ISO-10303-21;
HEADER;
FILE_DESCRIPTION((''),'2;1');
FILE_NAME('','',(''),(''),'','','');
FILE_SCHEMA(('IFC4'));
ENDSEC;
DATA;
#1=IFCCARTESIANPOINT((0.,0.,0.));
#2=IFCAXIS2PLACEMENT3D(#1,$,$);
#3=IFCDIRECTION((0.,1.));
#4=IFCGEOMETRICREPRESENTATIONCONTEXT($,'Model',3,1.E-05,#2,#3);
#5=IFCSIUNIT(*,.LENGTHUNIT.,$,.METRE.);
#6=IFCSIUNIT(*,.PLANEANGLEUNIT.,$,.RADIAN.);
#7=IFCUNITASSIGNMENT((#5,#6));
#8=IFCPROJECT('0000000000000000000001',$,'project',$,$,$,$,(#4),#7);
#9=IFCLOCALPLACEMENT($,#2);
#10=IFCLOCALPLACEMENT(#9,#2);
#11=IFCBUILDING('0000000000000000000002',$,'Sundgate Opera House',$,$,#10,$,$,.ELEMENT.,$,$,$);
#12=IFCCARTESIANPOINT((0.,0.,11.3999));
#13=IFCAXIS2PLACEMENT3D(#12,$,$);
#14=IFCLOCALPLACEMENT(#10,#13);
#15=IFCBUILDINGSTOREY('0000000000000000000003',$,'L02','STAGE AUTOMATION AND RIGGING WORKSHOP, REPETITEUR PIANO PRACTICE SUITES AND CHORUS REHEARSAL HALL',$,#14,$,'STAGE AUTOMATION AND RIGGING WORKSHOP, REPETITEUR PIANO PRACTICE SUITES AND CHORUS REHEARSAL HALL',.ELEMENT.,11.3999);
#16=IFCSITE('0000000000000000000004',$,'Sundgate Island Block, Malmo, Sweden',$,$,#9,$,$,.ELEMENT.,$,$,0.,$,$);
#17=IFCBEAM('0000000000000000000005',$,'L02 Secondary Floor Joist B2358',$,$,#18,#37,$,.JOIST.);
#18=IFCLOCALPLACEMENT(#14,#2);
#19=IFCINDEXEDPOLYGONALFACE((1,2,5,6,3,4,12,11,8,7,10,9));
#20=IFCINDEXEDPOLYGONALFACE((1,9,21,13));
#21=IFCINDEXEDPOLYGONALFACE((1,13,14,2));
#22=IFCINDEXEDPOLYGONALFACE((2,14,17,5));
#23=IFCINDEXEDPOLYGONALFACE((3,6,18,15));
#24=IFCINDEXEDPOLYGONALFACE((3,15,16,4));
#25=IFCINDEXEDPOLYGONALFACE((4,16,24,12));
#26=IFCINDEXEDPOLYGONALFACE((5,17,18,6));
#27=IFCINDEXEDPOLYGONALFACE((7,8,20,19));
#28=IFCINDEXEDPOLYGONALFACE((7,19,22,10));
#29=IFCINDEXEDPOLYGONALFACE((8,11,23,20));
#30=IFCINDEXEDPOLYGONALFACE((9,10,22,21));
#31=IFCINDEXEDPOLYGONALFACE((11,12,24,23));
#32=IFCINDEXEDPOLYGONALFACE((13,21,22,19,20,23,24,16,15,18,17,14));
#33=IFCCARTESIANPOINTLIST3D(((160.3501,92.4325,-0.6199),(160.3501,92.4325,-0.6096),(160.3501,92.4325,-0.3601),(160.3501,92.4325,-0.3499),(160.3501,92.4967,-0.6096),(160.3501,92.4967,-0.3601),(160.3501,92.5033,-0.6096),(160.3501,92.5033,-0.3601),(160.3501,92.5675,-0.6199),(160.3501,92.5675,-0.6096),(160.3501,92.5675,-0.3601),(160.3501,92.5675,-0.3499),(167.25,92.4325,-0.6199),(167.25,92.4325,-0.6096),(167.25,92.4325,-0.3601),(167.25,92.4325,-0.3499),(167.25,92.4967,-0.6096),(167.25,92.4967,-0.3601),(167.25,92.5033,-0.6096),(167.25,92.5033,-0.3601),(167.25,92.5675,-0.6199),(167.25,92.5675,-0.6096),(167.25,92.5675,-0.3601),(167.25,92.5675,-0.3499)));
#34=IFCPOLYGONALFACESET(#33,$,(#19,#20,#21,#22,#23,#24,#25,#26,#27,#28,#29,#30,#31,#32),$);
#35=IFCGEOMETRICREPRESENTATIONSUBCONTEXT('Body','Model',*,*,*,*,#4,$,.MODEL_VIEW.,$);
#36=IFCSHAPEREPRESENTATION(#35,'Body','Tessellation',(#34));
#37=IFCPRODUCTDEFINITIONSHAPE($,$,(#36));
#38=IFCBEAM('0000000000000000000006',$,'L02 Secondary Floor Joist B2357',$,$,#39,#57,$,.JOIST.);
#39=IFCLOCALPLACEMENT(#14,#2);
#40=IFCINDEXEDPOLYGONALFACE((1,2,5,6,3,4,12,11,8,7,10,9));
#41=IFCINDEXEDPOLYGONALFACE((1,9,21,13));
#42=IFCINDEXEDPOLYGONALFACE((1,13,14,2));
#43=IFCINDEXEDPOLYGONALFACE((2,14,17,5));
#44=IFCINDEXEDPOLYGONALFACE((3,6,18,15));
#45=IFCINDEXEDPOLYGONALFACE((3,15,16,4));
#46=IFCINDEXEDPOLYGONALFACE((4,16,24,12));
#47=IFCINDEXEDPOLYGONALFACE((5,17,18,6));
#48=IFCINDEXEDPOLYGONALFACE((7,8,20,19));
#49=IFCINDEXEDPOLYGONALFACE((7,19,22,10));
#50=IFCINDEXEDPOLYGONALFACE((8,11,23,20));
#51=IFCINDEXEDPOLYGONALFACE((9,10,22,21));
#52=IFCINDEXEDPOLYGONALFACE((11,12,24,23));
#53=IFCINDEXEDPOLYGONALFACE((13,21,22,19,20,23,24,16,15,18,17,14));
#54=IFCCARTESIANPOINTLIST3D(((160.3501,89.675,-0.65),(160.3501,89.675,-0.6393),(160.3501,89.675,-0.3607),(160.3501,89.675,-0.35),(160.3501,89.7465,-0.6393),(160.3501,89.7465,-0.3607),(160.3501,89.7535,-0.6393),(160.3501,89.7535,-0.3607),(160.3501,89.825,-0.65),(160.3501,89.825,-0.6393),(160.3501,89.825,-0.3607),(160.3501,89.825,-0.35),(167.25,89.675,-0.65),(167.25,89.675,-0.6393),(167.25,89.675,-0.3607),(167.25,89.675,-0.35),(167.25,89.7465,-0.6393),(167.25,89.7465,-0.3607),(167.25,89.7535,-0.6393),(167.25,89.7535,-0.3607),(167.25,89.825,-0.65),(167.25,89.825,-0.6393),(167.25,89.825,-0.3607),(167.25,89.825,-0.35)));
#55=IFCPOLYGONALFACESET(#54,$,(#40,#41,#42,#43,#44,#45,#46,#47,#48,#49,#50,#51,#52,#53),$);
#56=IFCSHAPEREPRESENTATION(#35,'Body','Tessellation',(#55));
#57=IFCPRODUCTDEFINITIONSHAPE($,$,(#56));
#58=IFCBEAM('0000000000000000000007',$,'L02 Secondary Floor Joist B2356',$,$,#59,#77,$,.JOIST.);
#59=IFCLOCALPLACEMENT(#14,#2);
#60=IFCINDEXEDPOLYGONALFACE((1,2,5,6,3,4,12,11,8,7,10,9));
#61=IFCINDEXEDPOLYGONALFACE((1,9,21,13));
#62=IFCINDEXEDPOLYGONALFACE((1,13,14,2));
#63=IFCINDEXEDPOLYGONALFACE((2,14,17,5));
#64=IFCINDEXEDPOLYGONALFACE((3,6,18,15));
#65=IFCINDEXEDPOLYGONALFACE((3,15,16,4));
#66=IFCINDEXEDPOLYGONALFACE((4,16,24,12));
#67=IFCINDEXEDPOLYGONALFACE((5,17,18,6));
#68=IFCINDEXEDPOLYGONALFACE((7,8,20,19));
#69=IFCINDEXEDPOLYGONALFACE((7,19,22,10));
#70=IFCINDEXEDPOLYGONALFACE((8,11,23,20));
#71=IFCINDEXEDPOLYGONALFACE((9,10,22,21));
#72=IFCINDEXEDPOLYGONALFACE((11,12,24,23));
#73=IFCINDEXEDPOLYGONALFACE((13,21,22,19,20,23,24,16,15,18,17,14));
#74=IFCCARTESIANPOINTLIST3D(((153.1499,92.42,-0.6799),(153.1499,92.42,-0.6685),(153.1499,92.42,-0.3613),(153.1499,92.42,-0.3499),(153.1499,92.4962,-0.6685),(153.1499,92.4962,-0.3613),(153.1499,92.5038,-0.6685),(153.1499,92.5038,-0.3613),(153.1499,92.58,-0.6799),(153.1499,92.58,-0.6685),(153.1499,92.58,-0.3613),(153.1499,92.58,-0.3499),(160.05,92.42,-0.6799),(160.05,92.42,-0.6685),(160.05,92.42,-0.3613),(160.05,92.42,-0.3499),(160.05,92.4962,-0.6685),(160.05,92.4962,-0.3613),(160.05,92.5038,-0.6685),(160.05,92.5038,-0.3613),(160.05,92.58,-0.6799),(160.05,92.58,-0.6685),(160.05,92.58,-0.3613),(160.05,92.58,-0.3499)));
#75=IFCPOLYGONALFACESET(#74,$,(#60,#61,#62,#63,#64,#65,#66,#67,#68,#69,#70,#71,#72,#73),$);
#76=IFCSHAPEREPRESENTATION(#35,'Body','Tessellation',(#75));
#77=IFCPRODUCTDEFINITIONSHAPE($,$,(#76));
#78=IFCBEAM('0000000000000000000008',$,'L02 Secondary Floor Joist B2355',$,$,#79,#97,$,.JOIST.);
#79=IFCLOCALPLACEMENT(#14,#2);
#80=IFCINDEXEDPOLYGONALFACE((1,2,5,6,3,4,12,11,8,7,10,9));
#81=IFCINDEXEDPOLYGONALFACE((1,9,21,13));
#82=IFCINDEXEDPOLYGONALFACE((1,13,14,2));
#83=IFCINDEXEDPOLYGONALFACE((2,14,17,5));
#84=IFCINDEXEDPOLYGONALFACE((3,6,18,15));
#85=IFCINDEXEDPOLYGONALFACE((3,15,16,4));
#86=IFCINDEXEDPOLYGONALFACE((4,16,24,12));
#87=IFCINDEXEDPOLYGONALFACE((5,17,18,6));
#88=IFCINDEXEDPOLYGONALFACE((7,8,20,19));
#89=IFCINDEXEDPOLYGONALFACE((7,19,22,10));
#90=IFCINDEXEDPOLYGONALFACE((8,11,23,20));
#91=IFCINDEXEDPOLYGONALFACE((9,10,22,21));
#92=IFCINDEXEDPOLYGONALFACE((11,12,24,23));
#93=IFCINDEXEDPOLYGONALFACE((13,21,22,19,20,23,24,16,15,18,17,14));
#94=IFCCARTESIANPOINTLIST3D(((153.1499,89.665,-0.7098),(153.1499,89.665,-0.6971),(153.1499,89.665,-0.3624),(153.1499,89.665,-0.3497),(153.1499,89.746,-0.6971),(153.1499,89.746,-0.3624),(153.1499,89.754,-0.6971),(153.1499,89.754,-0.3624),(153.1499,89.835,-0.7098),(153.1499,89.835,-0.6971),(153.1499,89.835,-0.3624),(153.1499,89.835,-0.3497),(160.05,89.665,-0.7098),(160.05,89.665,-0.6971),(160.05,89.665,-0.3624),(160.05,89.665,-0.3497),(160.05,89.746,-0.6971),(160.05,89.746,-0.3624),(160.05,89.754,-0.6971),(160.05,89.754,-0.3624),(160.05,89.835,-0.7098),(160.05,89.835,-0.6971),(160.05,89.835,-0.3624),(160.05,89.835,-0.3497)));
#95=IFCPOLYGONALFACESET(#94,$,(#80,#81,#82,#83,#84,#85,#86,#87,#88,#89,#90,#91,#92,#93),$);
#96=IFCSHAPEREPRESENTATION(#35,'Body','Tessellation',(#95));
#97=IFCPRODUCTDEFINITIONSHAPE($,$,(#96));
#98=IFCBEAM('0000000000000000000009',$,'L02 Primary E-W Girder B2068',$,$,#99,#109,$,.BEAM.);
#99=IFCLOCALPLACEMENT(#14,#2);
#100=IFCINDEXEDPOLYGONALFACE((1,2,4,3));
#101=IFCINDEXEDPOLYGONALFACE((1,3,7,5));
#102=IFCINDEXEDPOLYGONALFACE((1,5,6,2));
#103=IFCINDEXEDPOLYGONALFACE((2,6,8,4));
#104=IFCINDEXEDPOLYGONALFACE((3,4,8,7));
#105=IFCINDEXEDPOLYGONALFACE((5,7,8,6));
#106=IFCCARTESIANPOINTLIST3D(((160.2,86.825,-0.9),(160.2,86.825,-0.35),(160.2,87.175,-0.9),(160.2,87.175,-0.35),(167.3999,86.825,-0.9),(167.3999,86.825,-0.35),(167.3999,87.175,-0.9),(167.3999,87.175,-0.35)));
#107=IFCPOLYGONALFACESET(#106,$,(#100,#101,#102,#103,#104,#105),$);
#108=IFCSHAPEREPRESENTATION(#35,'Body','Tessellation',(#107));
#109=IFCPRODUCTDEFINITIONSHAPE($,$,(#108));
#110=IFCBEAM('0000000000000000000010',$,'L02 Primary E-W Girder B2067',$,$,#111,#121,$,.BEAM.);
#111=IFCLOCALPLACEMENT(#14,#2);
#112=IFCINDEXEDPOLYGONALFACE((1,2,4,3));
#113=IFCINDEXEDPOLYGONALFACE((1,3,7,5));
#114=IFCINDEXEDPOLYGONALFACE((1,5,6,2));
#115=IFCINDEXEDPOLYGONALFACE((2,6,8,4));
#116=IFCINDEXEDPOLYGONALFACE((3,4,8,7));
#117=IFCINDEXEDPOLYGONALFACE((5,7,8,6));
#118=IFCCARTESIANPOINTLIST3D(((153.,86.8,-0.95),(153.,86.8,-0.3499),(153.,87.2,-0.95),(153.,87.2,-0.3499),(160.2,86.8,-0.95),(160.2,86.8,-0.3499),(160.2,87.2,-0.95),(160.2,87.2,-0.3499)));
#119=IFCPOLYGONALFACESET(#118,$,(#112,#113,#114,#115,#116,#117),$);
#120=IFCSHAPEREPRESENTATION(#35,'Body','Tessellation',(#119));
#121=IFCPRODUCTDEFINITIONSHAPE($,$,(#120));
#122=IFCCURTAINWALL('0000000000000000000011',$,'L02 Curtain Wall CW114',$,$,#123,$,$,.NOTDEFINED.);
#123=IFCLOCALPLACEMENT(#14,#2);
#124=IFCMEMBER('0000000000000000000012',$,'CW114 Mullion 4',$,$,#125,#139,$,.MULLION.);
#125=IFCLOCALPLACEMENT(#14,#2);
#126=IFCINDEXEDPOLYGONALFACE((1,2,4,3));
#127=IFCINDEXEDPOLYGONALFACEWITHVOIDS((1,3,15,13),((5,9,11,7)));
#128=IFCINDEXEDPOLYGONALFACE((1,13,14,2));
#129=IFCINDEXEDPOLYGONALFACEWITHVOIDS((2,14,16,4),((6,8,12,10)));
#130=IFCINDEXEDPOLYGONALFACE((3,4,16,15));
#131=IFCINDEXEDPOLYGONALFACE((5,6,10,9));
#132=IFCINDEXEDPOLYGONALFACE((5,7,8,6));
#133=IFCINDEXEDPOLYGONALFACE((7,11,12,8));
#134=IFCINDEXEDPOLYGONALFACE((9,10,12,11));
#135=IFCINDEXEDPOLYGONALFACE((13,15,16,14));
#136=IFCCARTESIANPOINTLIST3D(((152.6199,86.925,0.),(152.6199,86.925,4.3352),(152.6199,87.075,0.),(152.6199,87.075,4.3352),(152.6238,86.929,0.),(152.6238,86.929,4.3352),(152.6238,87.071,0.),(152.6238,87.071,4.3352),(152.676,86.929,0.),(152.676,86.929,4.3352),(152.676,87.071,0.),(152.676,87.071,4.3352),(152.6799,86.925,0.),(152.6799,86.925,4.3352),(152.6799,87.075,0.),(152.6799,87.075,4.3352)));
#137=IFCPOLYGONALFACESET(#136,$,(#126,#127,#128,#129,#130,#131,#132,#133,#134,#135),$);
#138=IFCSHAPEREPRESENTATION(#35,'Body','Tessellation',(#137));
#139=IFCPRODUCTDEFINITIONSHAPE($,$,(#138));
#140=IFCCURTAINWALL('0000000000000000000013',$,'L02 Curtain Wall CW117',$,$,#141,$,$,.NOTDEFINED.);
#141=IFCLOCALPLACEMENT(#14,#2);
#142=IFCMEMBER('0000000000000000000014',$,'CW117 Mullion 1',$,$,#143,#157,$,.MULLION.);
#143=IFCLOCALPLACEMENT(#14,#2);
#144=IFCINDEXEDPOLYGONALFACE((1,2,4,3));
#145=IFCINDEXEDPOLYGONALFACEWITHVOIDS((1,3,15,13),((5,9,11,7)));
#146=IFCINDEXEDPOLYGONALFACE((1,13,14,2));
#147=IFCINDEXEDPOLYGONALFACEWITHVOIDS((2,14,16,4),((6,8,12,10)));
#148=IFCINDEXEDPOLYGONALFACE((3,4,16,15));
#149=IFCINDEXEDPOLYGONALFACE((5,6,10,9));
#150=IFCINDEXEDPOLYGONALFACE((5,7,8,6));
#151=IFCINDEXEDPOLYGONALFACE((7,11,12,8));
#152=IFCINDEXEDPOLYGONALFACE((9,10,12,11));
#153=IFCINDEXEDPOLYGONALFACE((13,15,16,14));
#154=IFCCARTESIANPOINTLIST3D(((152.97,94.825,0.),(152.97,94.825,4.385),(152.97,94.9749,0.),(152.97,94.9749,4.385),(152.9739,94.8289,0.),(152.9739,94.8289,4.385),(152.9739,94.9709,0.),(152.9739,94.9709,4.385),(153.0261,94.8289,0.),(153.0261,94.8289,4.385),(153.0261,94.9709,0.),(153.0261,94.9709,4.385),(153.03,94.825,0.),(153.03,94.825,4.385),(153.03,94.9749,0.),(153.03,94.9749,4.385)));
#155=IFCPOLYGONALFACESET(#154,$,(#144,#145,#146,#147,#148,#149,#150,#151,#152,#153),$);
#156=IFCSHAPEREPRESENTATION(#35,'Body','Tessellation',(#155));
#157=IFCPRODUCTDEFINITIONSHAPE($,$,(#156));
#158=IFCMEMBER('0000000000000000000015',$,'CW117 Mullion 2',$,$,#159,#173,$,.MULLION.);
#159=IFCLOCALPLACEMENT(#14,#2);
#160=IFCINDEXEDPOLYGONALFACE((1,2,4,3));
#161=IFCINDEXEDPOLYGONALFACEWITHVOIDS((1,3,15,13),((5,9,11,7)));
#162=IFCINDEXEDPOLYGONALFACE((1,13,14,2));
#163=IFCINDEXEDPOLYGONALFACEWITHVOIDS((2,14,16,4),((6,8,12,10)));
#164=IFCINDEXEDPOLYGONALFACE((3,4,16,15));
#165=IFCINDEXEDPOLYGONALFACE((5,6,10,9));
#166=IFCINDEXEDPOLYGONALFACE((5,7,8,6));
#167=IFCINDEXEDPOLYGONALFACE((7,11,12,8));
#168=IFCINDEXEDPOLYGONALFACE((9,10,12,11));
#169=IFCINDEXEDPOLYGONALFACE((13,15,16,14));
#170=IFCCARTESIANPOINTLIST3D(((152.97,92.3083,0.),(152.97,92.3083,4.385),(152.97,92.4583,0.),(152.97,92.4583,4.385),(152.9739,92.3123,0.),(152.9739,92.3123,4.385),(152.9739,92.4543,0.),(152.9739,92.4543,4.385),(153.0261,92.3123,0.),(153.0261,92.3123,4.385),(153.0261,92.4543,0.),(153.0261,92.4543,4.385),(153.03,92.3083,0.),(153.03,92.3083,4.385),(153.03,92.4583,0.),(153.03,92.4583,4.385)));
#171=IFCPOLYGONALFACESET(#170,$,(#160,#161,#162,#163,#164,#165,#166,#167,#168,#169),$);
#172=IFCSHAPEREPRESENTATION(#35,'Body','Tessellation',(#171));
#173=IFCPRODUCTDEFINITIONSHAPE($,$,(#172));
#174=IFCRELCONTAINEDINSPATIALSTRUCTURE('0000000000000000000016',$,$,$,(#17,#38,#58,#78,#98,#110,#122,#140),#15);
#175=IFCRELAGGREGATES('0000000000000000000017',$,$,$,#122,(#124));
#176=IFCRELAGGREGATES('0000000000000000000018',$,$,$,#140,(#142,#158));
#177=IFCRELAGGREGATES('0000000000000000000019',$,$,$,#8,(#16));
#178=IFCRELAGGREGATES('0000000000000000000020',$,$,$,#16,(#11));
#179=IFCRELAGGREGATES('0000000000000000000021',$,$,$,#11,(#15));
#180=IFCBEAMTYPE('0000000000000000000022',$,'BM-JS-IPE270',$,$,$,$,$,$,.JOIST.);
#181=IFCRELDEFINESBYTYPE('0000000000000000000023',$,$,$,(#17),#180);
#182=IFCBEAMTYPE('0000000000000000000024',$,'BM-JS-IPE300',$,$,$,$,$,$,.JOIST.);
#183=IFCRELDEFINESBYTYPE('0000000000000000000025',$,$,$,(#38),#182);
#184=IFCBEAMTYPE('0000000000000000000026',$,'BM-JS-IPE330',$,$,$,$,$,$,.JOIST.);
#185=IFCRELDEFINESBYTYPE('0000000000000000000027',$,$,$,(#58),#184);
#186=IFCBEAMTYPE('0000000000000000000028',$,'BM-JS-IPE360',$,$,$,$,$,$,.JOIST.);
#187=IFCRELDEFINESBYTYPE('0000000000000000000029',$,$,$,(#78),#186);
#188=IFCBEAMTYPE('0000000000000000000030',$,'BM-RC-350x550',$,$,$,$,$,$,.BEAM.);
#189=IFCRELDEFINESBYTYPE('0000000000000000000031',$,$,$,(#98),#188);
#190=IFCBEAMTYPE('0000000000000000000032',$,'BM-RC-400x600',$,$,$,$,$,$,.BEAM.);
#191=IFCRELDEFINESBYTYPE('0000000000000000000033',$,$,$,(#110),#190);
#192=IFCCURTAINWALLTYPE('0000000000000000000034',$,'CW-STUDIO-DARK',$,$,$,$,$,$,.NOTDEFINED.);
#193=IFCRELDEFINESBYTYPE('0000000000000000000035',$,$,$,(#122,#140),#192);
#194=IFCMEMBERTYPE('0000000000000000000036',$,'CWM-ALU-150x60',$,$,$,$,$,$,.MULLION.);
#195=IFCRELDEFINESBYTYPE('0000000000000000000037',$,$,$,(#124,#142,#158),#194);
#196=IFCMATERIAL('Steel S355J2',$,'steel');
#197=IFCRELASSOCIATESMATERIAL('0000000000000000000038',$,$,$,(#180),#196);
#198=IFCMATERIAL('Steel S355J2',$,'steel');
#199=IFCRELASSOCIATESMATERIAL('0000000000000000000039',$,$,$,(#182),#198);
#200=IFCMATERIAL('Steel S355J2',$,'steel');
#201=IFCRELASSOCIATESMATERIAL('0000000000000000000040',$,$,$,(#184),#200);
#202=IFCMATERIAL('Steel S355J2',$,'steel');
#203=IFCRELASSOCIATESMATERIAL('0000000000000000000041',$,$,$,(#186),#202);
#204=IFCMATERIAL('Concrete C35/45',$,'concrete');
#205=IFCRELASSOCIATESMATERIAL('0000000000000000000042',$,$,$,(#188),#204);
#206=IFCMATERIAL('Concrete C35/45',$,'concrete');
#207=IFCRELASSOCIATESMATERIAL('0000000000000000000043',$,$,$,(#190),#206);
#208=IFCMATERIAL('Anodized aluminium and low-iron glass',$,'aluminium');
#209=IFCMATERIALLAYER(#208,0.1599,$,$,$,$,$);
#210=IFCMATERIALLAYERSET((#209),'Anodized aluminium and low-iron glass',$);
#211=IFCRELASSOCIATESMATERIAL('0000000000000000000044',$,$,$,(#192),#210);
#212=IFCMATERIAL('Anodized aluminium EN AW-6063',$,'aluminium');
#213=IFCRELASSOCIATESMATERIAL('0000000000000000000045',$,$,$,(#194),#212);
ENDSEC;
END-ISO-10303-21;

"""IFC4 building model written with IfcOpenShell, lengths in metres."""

from ifc_helpers import new_model, si_unit, direction, frame, origin, origin_2d, place, context, subcontext, project, spatial, rectangle, hollow_rectangle, i_section, extrude, material, layer, layer_set, material_profile, profile_set, type_object, element, aggregate, save


model = new_model("IFC4")

# Units and contexts
model_context = context("Model", 3, precision=1e-05, world=origin(), true_north=direction((0.0, 1.0)))
body_context = subcontext(model_context, "Body", "Model", "MODEL_VIEW")
ifc_project = project(units=[si_unit("LENGTHUNIT", "METRE"), si_unit("PLANEANGLEUNIT", "RADIAN")], contexts=[model_context])

# Site, building, storey
site_placement = place(None, origin())
site = spatial("IfcSite", under=ifc_project, at=site_placement, Name="Sundgate Island Block, Malmo, Sweden", CompositionType="ELEMENT", RefElevation=0.0)
building_placement = place(site_placement, origin())
building = spatial("IfcBuilding", under=site, at=building_placement, Name="Sundgate Opera House", CompositionType="ELEMENT")
storey_placement = place(building_placement, frame((0.0, 0.0, 11.3999)))
storey = spatial("IfcBuildingStorey", under=building, at=storey_placement, Name="L02", Description="STAGE AUTOMATION AND RIGGING WORKSHOP, REPETITEUR PIANO PRACTICE SUITES AND CHORUS REHEARSAL HALL", LongName="STAGE AUTOMATION AND RIGGING WORKSHOP, REPETITEUR PIANO PRACTICE SUITES AND CHORUS REHEARSAL HALL", CompositionType="ELEMENT", Elevation=11.3999)

# Beams
ifc_material_1 = material(Name="Steel S355J2", Category="steel")
ifc_material_profile_1 = material_profile(ifc_material_1, i_section(OverallWidth=0.135, OverallDepth=0.27, WebThickness=0.0066, FlangeThickness=0.0103, at=origin_2d()), Name="IPE 270")
ifc_profile_set_1 = profile_set([ifc_material_profile_1], Name="Steel S355J2")
beam_type_1 = type_object("IfcBeamType", Name="BM-JS-IPE270", PredefinedType="JOIST", material=ifc_profile_set_1)
beam_1_placement = place(storey_placement, frame((160.3501, 92.5, -0.4849), z_axis=(1.0, 0.0, 0.0), x_axis=(0.0, 1.0, 0.0)))
element("IfcBeam", 1, at=beam_1_placement, inside=storey, type_object=beam_type_1, Name="L02 Secondary Floor Joist B2358", PredefinedType="JOIST", context=body_context, shape_type="SweptSolid", body=[
    extrude(i_section(OverallWidth=0.135, OverallDepth=0.27, WebThickness=0.0066, FlangeThickness=0.0103, at=origin_2d()), origin(), (0.0, 0.0, 1.0), 6.8999),
])
ifc_material_2 = material(Name="Steel S355J2", Category="steel")
ifc_material_profile_2 = material_profile(ifc_material_2, i_section(OverallWidth=0.1499, OverallDepth=0.3, WebThickness=0.0071, FlangeThickness=0.0107, at=origin_2d()), Name="IPE 300")
ifc_profile_set_2 = profile_set([ifc_material_profile_2], Name="Steel S355J2")
beam_type_2 = type_object("IfcBeamType", Name="BM-JS-IPE300", PredefinedType="JOIST", material=ifc_profile_set_2)
beam_2_placement = place(storey_placement, frame((160.3501, 89.75, -0.5), z_axis=(1.0, 0.0, 0.0), x_axis=(0.0, 1.0, 0.0)))
element("IfcBeam", 2, at=beam_2_placement, inside=storey, type_object=beam_type_2, Name="L02 Secondary Floor Joist B2357", PredefinedType="JOIST", context=body_context, shape_type="SweptSolid", body=[
    extrude(i_section(OverallWidth=0.1499, OverallDepth=0.3, WebThickness=0.0071, FlangeThickness=0.0107, at=origin_2d()), origin(), (0.0, 0.0, 1.0), 6.8999),
])
ifc_material_3 = material(Name="Steel S355J2", Category="steel")
ifc_material_profile_3 = material_profile(ifc_material_3, i_section(OverallWidth=0.1599, OverallDepth=0.3301, WebThickness=0.0076, FlangeThickness=0.0115, at=origin_2d()), Name="IPE 330")
ifc_profile_set_3 = profile_set([ifc_material_profile_3], Name="Steel S355J2")
beam_type_3 = type_object("IfcBeamType", Name="BM-JS-IPE330", PredefinedType="JOIST", material=ifc_profile_set_3)
beam_3_placement = place(storey_placement, frame((153.1499, 92.5, -0.5149), z_axis=(1.0, 0.0, 0.0), x_axis=(0.0, 1.0, 0.0)))
element("IfcBeam", 3, at=beam_3_placement, inside=storey, type_object=beam_type_3, Name="L02 Secondary Floor Joist B2356", PredefinedType="JOIST", context=body_context, shape_type="SweptSolid", body=[
    extrude(i_section(OverallWidth=0.1599, OverallDepth=0.3301, WebThickness=0.0076, FlangeThickness=0.0115, at=origin_2d()), origin(), (0.0, 0.0, 1.0), 6.9001),
])
ifc_material_4 = material(Name="Steel S355J2", Category="steel")
ifc_material_profile_4 = material_profile(ifc_material_4, i_section(OverallWidth=0.1699, OverallDepth=0.3601, WebThickness=0.0081, FlangeThickness=0.0127, at=origin_2d()), Name="IPE 360")
ifc_profile_set_4 = profile_set([ifc_material_profile_4], Name="Steel S355J2")
beam_type_4 = type_object("IfcBeamType", Name="BM-JS-IPE360", PredefinedType="JOIST", material=ifc_profile_set_4)
beam_4_placement = place(storey_placement, frame((153.1499, 89.75, -0.5298), z_axis=(1.0, 0.0, 0.0), x_axis=(0.0, 1.0, 0.0)))
element("IfcBeam", 4, at=beam_4_placement, inside=storey, type_object=beam_type_4, Name="L02 Secondary Floor Joist B2355", PredefinedType="JOIST", context=body_context, shape_type="SweptSolid", body=[
    extrude(i_section(OverallWidth=0.1699, OverallDepth=0.3601, WebThickness=0.0081, FlangeThickness=0.0127, at=origin_2d()), origin(), (0.0, 0.0, 1.0), 6.9001),
])
ifc_material_5 = material(Name="Concrete C35/45", Category="concrete")
ifc_material_profile_5 = material_profile(ifc_material_5, rectangle(XDim=0.3501, YDim=0.55, at=origin_2d()), Name="RC 350x550")
ifc_profile_set_5 = profile_set([ifc_material_profile_5], Name="Concrete C35/45")
beam_type_5 = type_object("IfcBeamType", Name="BM-RC-350x550", PredefinedType="BEAM", material=ifc_profile_set_5)
beam_5_placement = place(storey_placement, frame((160.2, 87.0, -0.625), z_axis=(1.0, 0.0, 0.0), x_axis=(0.0, 1.0, 0.0)))
element("IfcBeam", 5, at=beam_5_placement, inside=storey, type_object=beam_type_5, Name="L02 Primary E-W Girder B2068", PredefinedType="BEAM", context=body_context, shape_type="SweptSolid", body=[
    extrude(rectangle(XDim=0.3501, YDim=0.55, at=origin_2d()), origin(), (0.0, 0.0, 1.0), 7.2),
])
ifc_material_6 = material(Name="Concrete C35/45", Category="concrete")
ifc_material_profile_6 = material_profile(ifc_material_6, rectangle(XDim=0.3999, YDim=0.6001, at=origin_2d()), Name="RC 400x600")
ifc_profile_set_6 = profile_set([ifc_material_profile_6], Name="Concrete C35/45")
beam_type_6 = type_object("IfcBeamType", Name="BM-RC-400x600", PredefinedType="BEAM", material=ifc_profile_set_6)
beam_6_placement = place(storey_placement, frame((153.0, 87.0, -0.6499), z_axis=(1.0, 0.0, 0.0), x_axis=(0.0, 1.0, 0.0)))
element("IfcBeam", 6, at=beam_6_placement, inside=storey, type_object=beam_type_6, Name="L02 Primary E-W Girder B2067", PredefinedType="BEAM", context=body_context, shape_type="SweptSolid", body=[
    extrude(rectangle(XDim=0.3999, YDim=0.6001, at=origin_2d()), origin(), (0.0, 0.0, 1.0), 7.2),
])

# Curtain wall, member
ifc_material_7 = material(Name="Anodized aluminium and low-iron glass", Category="aluminium")
ifc_layer_1 = layer(ifc_material_7, 0.1599)
ifc_layer_set_1 = layer_set([ifc_layer_1], Name="Anodized aluminium and low-iron glass")
curtain_wall_type = type_object("IfcCurtainWallType", Name="CW-STUDIO-DARK", PredefinedType="NOTDEFINED", material=ifc_layer_set_1)
curtain_wall_1_placement = place(storey_placement, origin())
curtain_wall_1 = element("IfcCurtainWall", 7, at=curtain_wall_1_placement, inside=storey, type_object=curtain_wall_type, Name="L02 Curtain Wall CW114", PredefinedType="NOTDEFINED")
ifc_material_8 = material(Name="Anodized aluminium EN AW-6063", Category="aluminium")
ifc_material_profile_7 = material_profile(ifc_material_8, hollow_rectangle(XDim=0.0601, YDim=0.1499, WallThickness=0.0039, at=origin_2d()), Name="CWM 150x60x4")
ifc_profile_set_7 = profile_set([ifc_material_profile_7], Name="Anodized aluminium EN AW-6063")
member_type_1 = type_object("IfcMemberType", Name="CWM-ALU-150x60", PredefinedType="MULLION", material=ifc_profile_set_7)
member_1_placement = place(storey_placement, frame((152.6499, 87.0, 0.0), z_axis=(0.0, 0.0, 1.0), x_axis=(1.0, 0.0, 0.0)))
member_1 = element("IfcMember", 8, at=member_1_placement, type_object=member_type_1, Name="CW114 Mullion 4", PredefinedType="MULLION", context=body_context, shape_type="SweptSolid", body=[
    extrude(hollow_rectangle(XDim=0.0601, YDim=0.1499, WallThickness=0.0039, at=origin_2d()), origin(), (0.0, 0.0, 1.0), 4.3352),
])

# Curtain wall, members
curtain_wall_2_placement = place(storey_placement, origin())
curtain_wall_2 = element("IfcCurtainWall", 9, at=curtain_wall_2_placement, inside=storey, type_object=curtain_wall_type, Name="L02 Curtain Wall CW117", PredefinedType="NOTDEFINED")
member_2_placement = place(storey_placement, frame((153.0, 94.8999, 0.0), z_axis=(0.0, 0.0, 1.0), x_axis=(1.0, 0.0, 0.0)))
member_2 = element("IfcMember", 10, at=member_2_placement, type_object=member_type_1, Name="CW117 Mullion 1", PredefinedType="MULLION", context=body_context, shape_type="SweptSolid", body=[
    extrude(hollow_rectangle(XDim=0.0601, YDim=0.1499, WallThickness=0.0039, at=origin_2d()), origin(), (0.0, 0.0, 1.0), 4.385),
])
member_3_placement = place(storey_placement, frame((153.0, 92.3833, 0.0), z_axis=(0.0, 0.0, 1.0), x_axis=(1.0, 0.0, 0.0)))
member_3 = element("IfcMember", 11, at=member_3_placement, type_object=member_type_1, Name="CW117 Mullion 2", PredefinedType="MULLION", context=body_context, shape_type="SweptSolid", body=[
    extrude(hollow_rectangle(XDim=0.0601, YDim=0.1499, WallThickness=0.0039, at=origin_2d()), origin(), (0.0, 0.0, 1.0), 4.385),
])

aggregate(curtain_wall_1, [member_1])
aggregate(curtain_wall_2, [member_2, member_3])

save(model, "model.ifc")
